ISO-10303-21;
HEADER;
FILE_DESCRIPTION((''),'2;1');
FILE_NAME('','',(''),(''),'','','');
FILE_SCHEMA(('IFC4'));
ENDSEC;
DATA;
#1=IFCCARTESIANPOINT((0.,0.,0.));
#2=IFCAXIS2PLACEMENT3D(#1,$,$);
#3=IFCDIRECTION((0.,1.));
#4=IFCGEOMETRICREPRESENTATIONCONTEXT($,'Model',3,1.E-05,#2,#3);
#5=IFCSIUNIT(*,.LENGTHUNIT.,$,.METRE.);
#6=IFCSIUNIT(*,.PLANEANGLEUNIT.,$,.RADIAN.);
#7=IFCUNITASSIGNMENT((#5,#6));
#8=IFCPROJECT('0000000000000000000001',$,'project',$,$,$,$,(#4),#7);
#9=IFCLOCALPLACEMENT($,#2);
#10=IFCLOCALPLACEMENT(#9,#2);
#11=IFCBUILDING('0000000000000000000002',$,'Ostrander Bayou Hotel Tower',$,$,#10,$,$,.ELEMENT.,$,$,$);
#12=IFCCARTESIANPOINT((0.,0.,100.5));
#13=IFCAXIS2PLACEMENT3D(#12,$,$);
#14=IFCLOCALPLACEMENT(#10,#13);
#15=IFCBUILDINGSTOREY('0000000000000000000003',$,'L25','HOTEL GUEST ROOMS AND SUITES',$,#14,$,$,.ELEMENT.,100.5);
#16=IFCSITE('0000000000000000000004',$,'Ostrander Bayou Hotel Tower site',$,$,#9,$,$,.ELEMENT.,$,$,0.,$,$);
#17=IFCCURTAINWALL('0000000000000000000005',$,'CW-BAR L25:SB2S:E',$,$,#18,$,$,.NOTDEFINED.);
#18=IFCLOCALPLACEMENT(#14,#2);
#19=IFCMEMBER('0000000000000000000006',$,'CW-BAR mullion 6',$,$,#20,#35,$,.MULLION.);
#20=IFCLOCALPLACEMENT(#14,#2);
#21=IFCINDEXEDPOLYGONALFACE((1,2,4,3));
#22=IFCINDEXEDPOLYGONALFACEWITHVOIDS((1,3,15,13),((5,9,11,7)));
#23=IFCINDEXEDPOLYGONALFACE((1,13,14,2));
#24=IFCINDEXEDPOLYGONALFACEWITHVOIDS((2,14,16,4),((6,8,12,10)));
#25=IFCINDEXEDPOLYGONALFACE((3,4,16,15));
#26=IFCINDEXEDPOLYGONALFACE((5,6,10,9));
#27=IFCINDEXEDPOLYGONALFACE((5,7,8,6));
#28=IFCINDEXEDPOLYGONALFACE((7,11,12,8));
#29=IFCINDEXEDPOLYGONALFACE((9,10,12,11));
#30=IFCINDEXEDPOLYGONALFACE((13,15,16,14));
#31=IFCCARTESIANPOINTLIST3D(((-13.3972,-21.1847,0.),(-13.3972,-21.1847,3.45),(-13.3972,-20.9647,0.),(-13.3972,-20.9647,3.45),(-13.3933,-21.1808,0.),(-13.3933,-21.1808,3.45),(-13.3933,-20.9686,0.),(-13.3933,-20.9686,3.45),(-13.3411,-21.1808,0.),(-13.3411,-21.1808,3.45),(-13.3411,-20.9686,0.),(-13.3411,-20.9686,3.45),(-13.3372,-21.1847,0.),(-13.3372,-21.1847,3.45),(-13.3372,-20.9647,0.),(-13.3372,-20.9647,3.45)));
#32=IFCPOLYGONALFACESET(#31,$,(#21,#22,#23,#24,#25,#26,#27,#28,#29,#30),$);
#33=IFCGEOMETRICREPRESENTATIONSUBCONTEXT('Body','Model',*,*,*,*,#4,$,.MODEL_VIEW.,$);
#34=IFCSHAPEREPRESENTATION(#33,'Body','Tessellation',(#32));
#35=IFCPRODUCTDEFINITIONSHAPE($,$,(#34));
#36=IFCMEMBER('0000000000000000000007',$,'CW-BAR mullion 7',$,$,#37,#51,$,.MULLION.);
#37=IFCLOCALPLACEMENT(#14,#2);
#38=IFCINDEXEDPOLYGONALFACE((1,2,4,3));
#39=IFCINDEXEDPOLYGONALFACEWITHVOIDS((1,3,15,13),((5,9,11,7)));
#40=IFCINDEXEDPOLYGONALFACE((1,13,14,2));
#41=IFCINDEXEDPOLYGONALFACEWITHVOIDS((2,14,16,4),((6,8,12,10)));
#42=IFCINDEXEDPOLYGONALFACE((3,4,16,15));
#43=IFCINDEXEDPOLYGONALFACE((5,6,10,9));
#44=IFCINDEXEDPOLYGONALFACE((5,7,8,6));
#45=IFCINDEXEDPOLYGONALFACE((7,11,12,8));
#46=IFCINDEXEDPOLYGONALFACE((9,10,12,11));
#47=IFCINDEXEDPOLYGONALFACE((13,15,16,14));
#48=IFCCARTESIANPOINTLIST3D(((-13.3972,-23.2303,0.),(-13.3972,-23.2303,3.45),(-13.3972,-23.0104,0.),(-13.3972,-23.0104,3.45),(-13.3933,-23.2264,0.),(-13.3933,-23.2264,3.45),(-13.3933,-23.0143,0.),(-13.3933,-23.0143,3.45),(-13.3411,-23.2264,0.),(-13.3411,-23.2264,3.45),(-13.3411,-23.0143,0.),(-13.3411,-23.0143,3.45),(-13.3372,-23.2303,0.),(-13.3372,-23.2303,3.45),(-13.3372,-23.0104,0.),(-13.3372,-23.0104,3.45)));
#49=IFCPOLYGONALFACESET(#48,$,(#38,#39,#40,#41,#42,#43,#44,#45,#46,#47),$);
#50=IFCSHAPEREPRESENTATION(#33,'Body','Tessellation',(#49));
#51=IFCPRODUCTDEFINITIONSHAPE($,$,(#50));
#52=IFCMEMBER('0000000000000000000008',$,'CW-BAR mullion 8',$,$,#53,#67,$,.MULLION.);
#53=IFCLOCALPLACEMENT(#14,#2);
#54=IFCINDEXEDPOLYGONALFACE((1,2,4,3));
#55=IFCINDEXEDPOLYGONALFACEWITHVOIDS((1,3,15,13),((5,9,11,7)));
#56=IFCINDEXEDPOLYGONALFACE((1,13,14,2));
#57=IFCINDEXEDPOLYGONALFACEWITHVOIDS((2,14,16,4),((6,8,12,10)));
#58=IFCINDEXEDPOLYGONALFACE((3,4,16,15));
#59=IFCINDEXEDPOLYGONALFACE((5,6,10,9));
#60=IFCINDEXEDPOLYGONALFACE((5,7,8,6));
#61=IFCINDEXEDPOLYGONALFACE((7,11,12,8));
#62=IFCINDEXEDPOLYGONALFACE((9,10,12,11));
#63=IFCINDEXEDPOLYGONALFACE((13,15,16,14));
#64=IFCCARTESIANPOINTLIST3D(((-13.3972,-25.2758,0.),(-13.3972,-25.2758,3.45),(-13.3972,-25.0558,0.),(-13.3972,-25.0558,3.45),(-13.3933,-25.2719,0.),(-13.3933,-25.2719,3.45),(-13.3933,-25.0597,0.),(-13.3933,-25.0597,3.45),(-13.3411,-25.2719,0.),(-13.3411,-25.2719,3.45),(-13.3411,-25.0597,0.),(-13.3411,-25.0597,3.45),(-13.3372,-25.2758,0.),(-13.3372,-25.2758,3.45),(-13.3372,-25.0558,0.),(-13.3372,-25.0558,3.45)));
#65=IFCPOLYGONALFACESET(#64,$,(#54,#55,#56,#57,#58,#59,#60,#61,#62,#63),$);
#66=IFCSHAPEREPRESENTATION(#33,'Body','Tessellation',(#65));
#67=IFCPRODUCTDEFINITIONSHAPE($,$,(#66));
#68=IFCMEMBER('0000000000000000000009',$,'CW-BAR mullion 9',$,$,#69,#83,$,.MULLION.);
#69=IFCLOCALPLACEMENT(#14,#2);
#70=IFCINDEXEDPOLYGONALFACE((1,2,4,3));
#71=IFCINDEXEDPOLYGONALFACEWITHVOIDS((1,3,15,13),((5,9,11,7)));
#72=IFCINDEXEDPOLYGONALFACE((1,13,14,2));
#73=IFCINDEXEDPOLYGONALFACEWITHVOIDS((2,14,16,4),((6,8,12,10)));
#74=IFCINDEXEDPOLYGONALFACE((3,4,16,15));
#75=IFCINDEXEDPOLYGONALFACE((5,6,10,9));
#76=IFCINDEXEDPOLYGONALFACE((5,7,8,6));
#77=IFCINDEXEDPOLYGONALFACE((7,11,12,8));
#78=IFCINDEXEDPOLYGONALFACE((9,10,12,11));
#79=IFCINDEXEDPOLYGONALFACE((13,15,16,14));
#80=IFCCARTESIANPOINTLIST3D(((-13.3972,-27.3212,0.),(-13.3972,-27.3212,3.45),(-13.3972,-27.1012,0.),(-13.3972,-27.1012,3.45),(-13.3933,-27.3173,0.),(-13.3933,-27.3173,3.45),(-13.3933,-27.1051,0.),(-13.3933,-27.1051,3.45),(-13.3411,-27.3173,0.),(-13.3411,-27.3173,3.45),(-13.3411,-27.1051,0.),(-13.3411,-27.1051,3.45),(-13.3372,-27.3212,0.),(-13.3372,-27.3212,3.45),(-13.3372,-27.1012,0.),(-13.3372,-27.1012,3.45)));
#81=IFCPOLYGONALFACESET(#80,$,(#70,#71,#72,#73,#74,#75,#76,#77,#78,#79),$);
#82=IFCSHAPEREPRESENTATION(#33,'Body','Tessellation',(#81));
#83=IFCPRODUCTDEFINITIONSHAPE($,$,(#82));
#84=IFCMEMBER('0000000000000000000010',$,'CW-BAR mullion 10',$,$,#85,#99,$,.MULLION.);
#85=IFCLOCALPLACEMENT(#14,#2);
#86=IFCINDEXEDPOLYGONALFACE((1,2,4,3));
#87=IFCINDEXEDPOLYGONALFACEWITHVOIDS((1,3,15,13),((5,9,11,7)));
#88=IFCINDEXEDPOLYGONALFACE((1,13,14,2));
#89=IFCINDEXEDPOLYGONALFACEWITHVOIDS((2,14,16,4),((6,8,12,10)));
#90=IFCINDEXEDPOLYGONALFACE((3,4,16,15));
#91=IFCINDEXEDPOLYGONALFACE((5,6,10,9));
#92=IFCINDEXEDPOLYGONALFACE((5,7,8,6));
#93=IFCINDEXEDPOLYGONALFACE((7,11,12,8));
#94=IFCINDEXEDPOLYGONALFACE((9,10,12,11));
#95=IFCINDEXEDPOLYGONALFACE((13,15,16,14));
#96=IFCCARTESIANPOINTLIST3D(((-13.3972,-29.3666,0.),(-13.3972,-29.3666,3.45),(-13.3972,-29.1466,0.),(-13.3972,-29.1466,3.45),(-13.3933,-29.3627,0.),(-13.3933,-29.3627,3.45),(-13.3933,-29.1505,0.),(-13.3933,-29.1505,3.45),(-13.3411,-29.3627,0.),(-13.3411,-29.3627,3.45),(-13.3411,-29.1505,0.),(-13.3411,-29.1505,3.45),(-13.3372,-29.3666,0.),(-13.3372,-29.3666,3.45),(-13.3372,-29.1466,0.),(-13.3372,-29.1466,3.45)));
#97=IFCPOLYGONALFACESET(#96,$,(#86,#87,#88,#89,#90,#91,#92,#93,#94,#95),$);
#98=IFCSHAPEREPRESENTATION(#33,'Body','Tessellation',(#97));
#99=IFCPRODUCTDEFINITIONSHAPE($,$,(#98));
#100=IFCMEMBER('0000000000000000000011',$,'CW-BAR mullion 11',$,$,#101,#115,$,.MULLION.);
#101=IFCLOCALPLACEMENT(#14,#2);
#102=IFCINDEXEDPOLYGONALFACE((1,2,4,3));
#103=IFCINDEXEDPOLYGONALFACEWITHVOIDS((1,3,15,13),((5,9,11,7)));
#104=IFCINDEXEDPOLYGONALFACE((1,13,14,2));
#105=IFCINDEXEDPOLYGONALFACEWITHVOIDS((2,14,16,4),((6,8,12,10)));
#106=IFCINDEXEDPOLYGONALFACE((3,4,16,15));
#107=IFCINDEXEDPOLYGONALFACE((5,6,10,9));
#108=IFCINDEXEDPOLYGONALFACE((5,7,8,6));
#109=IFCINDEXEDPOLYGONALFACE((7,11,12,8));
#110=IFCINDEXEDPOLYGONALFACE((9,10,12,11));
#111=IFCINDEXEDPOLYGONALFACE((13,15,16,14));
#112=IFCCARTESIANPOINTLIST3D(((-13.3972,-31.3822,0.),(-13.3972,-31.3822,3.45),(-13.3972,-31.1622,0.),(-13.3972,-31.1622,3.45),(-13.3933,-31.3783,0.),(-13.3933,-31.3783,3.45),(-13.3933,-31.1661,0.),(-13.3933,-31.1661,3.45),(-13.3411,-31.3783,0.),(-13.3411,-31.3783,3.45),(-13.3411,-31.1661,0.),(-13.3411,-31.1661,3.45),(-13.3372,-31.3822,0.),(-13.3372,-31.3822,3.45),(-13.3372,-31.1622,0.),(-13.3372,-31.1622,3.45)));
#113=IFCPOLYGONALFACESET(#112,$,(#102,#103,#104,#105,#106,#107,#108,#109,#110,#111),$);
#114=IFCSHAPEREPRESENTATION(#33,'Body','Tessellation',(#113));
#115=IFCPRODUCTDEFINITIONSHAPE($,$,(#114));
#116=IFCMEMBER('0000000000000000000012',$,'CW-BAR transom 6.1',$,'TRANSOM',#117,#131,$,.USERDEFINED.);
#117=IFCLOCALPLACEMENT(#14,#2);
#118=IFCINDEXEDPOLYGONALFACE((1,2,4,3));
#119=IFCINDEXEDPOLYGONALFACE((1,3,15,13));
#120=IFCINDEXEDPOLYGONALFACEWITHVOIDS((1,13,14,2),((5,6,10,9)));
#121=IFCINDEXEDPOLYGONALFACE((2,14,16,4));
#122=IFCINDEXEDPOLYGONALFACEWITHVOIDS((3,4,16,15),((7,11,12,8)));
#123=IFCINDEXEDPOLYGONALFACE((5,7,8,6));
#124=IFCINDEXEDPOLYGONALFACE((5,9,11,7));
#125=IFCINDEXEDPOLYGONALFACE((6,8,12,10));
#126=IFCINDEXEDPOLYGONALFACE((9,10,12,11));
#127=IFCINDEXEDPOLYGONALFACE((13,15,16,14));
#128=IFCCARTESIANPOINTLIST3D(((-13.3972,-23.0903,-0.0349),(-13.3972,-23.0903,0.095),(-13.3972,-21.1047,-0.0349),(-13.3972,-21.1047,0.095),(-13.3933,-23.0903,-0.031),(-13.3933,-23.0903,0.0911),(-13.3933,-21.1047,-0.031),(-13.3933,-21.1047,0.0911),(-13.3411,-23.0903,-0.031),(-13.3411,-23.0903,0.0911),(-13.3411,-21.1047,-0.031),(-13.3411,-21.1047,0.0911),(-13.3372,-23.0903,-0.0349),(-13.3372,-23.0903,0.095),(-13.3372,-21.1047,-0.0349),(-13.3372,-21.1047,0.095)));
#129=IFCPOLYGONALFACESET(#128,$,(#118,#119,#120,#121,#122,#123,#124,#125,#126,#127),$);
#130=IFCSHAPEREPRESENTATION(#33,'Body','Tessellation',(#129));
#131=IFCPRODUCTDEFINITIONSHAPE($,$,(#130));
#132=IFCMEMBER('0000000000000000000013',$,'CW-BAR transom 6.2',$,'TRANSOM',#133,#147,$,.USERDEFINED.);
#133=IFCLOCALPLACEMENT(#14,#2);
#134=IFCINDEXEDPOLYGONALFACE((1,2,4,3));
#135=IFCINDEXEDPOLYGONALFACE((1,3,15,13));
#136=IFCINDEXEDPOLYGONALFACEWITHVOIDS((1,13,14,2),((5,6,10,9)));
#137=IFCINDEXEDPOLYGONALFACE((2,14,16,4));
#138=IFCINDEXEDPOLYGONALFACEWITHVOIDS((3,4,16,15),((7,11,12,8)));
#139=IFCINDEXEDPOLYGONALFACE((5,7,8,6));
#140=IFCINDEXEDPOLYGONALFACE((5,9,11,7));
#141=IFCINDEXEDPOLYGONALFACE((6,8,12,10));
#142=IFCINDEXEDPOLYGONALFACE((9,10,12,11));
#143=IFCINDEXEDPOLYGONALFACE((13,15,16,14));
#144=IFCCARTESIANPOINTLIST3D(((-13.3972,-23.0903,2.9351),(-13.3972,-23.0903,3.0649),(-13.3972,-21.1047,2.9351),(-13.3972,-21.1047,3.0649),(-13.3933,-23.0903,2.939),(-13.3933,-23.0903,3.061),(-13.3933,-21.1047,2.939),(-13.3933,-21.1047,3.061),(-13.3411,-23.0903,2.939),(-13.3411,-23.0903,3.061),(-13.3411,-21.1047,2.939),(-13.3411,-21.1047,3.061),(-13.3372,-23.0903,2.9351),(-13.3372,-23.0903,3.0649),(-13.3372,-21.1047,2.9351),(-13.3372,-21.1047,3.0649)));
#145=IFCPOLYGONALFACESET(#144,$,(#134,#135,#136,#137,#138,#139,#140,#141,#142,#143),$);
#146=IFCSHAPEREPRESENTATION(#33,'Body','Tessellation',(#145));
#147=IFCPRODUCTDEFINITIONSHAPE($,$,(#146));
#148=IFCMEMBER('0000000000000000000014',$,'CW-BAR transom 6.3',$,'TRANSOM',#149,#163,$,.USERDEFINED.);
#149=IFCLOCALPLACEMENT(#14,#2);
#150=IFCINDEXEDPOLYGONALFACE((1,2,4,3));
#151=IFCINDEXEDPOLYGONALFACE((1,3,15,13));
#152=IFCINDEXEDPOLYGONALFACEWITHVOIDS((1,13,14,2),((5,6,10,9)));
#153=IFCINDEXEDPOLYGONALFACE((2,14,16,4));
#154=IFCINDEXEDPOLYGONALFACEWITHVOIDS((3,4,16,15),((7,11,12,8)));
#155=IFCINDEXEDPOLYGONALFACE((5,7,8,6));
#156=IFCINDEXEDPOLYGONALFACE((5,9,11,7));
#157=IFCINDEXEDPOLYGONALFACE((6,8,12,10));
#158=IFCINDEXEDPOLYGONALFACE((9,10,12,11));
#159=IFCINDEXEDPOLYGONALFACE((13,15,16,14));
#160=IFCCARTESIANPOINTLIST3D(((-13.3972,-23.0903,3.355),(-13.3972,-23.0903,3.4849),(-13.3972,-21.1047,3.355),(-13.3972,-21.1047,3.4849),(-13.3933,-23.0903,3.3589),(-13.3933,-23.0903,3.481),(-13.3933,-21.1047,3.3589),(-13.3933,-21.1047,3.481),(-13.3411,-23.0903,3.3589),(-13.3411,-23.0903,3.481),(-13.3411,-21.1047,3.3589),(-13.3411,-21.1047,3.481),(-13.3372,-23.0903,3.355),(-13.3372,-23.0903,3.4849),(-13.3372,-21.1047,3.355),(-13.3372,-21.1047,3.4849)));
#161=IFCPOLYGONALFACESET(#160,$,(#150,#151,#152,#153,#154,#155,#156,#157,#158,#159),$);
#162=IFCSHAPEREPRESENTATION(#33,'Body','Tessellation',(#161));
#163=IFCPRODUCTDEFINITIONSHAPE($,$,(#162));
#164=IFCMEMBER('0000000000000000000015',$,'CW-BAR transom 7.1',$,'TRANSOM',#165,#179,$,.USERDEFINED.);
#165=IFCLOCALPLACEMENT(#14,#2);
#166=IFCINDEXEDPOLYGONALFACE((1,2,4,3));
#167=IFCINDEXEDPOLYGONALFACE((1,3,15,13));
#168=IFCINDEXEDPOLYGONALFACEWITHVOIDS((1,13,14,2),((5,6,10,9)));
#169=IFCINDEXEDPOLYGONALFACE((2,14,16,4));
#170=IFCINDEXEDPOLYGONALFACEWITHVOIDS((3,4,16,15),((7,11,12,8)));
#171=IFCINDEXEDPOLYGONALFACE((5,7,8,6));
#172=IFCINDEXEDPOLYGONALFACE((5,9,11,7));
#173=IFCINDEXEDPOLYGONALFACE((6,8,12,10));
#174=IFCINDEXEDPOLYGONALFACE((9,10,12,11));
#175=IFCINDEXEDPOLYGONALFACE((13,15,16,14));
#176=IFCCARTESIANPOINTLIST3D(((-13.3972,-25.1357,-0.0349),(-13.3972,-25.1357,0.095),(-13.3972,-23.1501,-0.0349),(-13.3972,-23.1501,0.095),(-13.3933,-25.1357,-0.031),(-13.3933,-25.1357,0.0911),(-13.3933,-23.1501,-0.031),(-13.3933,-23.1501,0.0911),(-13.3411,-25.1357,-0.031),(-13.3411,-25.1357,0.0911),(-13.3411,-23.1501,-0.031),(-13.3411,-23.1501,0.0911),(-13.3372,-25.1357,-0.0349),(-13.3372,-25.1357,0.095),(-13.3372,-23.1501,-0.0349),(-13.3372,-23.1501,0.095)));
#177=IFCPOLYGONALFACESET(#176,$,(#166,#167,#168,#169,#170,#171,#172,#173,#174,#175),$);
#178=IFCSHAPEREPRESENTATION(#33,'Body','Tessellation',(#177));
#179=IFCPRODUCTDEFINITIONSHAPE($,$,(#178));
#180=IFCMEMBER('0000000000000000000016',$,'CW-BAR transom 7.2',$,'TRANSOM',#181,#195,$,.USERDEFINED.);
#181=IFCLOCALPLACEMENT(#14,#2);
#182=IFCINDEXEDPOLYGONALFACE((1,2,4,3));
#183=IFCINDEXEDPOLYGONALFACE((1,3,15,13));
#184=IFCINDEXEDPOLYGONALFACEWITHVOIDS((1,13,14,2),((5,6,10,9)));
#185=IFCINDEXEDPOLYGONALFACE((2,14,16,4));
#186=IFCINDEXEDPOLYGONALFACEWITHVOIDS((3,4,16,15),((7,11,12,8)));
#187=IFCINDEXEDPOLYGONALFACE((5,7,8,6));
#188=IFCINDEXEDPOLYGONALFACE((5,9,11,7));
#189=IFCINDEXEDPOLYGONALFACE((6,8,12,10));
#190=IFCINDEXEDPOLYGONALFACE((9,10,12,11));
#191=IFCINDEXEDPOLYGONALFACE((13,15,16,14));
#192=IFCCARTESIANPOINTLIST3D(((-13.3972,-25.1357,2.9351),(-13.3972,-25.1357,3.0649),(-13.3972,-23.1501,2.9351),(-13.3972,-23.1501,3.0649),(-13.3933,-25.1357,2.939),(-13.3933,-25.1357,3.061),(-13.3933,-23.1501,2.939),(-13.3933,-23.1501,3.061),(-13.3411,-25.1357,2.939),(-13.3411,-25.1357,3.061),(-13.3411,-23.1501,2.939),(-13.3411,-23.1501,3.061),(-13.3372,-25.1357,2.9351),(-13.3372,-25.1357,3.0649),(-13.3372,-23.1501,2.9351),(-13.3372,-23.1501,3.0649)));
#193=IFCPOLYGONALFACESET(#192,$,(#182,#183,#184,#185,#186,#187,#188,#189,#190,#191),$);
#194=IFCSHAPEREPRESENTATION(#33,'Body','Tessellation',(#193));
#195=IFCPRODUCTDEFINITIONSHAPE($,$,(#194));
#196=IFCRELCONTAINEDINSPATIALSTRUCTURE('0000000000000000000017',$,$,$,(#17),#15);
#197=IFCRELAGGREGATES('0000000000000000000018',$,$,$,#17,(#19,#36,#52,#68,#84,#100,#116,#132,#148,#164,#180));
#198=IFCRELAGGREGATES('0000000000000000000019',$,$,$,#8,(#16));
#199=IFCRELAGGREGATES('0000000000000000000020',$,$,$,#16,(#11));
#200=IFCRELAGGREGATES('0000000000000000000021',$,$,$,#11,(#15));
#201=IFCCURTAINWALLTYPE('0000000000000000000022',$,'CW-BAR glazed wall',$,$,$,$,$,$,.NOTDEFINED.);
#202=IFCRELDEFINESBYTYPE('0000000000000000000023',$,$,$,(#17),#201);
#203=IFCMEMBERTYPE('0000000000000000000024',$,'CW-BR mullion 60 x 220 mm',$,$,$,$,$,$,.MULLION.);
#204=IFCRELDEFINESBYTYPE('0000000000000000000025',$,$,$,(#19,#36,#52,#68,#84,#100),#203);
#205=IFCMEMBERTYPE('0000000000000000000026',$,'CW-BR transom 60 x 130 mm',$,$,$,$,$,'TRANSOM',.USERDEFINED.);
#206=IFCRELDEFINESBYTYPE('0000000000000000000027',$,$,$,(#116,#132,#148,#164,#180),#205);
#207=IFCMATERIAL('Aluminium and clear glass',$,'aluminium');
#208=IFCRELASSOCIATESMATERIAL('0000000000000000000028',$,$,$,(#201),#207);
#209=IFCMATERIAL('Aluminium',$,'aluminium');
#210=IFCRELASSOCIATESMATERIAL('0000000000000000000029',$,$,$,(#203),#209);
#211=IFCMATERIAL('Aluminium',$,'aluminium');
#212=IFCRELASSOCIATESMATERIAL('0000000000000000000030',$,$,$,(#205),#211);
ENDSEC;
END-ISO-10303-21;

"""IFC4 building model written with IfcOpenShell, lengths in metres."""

from ifc_helpers import new_model, si_unit, direction, frame, origin, origin_2d, place, context, subcontext, project, spatial, hollow_rectangle, extrude, material, material_profile, profile_set, type_object, element, aggregate, save


model = new_model("IFC4")

# Units and contexts
model_context = context("Model", 3, precision=1e-05, world=origin(), true_north=direction((0.0, 1.0)))
body_context = subcontext(model_context, "Body", "Model", "MODEL_VIEW")
ifc_project = project(units=[si_unit("LENGTHUNIT", "METRE"), si_unit("PLANEANGLEUNIT", "RADIAN")], contexts=[model_context])

# Site, building, storey
site_placement = place(None, origin())
site = spatial("IfcSite", under=ifc_project, at=site_placement, Name="Ostrander Bayou Hotel Tower site", CompositionType="ELEMENT", RefElevation=0.0)
building_placement = place(site_placement, origin())
building = spatial("IfcBuilding", under=site, at=building_placement, Name="Ostrander Bayou Hotel Tower", CompositionType="ELEMENT")
storey_placement = place(building_placement, frame((0.0, 0.0, 100.5)))
storey = spatial("IfcBuildingStorey", under=building, at=storey_placement, Name="L25", Description="HOTEL GUEST ROOMS AND SUITES", CompositionType="ELEMENT", Elevation=100.5)

# Curtain wall, members
ifc_material_1 = material(Name="Aluminium and clear glass", Category="aluminium")
curtain_wall_type = type_object("IfcCurtainWallType", Name="CW-BAR glazed wall", PredefinedType="NOTDEFINED", material=ifc_material_1)
curtain_wall_placement = place(storey_placement, origin())
curtain_wall = element("IfcCurtainWall", 1, at=curtain_wall_placement, inside=storey, type_object=curtain_wall_type, Name="CW-BAR L25:SB2S:E", PredefinedType="NOTDEFINED")
ifc_material_2 = material(Name="Aluminium", Category="aluminium")
ifc_material_profile_1 = material_profile(ifc_material_2, hollow_rectangle(XDim=0.0601, YDim=0.22, WallThickness=0.0039, at=origin_2d()))
ifc_profile_set_1 = profile_set([ifc_material_profile_1], Name="Aluminium")
member_type_1 = type_object("IfcMemberType", Name="CW-BR mullion 60 x 220 mm", PredefinedType="MULLION", material=ifc_profile_set_1)
member_1_placement = place(storey_placement, frame((-13.3672, -21.0747, 0.0), z_axis=(0.0, 0.0, 1.0), x_axis=(1.0, 0.0, 0.0)))
member_1 = element("IfcMember", 2, at=member_1_placement, type_object=member_type_1, Name="CW-BAR mullion 6", PredefinedType="MULLION", context=body_context, shape_type="SweptSolid", body=[
    extrude(hollow_rectangle(XDim=0.0601, YDim=0.22, WallThickness=0.0039, at=origin_2d()), origin(), (0.0, 0.0, 1.0), 3.45),
])
member_2_placement = place(storey_placement, frame((-13.3672, -23.1204, 0.0), z_axis=(0.0, 0.0, 1.0), x_axis=(1.0, 0.0, 0.0)))
member_2 = element("IfcMember", 3, at=member_2_placement, type_object=member_type_1, Name="CW-BAR mullion 7", PredefinedType="MULLION", context=body_context, shape_type="SweptSolid", body=[
    extrude(hollow_rectangle(XDim=0.0601, YDim=0.22, WallThickness=0.0039, at=origin_2d()), origin(), (0.0, 0.0, 1.0), 3.45),
])
member_3_placement = place(storey_placement, frame((-13.3672, -25.1658, 0.0), z_axis=(0.0, 0.0, 1.0), x_axis=(1.0, 0.0, 0.0)))
member_3 = element("IfcMember", 4, at=member_3_placement, type_object=member_type_1, Name="CW-BAR mullion 8", PredefinedType="MULLION", context=body_context, shape_type="SweptSolid", body=[
    extrude(hollow_rectangle(XDim=0.0601, YDim=0.22, WallThickness=0.0039, at=origin_2d()), origin(), (0.0, 0.0, 1.0), 3.45),
])
member_4_placement = place(storey_placement, frame((-13.3672, -27.2112, 0.0), z_axis=(0.0, 0.0, 1.0), x_axis=(1.0, 0.0, 0.0)))
member_4 = element("IfcMember", 5, at=member_4_placement, type_object=member_type_1, Name="CW-BAR mullion 9", PredefinedType="MULLION", context=body_context, shape_type="SweptSolid", body=[
    extrude(hollow_rectangle(XDim=0.0601, YDim=0.22, WallThickness=0.0039, at=origin_2d()), origin(), (0.0, 0.0, 1.0), 3.45),
])
member_5_placement = place(storey_placement, frame((-13.3672, -29.2566, 0.0), z_axis=(0.0, 0.0, 1.0), x_axis=(1.0, 0.0, 0.0)))
member_5 = element("IfcMember", 6, at=member_5_placement, type_object=member_type_1, Name="CW-BAR mullion 10", PredefinedType="MULLION", context=body_context, shape_type="SweptSolid", body=[
    extrude(hollow_rectangle(XDim=0.0601, YDim=0.22, WallThickness=0.0039, at=origin_2d()), origin(), (0.0, 0.0, 1.0), 3.45),
])
member_6_placement = place(storey_placement, frame((-13.3672, -31.2722, 0.0), z_axis=(0.0, 0.0, 1.0), x_axis=(1.0, 0.0, 0.0)))
member_6 = element("IfcMember", 7, at=member_6_placement, type_object=member_type_1, Name="CW-BAR mullion 11", PredefinedType="MULLION", context=body_context, shape_type="SweptSolid", body=[
    extrude(hollow_rectangle(XDim=0.0601, YDim=0.22, WallThickness=0.0039, at=origin_2d()), origin(), (0.0, 0.0, 1.0), 3.45),
])
ifc_material_3 = material(Name="Aluminium", Category="aluminium")
ifc_material_profile_2 = material_profile(ifc_material_3, hollow_rectangle(XDim=0.0601, YDim=0.1299, WallThickness=0.0039, at=origin_2d()))
ifc_profile_set_2 = profile_set([ifc_material_profile_2], Name="Aluminium")
member_type_2 = type_object("IfcMemberType", Name="CW-BR transom 60 x 130 mm", ElementType="TRANSOM", PredefinedType="USERDEFINED", material=ifc_profile_set_2)
member_7_placement = place(storey_placement, frame((-13.3672, -21.1047, 0.03), z_axis=(0.0, -1.0, 0.0), x_axis=(1.0, 0.0, 0.0)))
member_7 = element("IfcMember", 8, at=member_7_placement, type_object=member_type_2, Name="CW-BAR transom 6.1", ObjectType="TRANSOM", PredefinedType="USERDEFINED", context=body_context, shape_type="SweptSolid", body=[
    extrude(hollow_rectangle(XDim=0.0601, YDim=0.1299, WallThickness=0.0039, at=origin_2d()), origin(), (0.0, 0.0, 1.0), 1.9856),
])
member_8_placement = place(storey_placement, frame((-13.3672, -21.1047, 3.0), z_axis=(0.0, -1.0, 0.0), x_axis=(1.0, 0.0, 0.0)))
member_8 = element("IfcMember", 9, at=member_8_placement, type_object=member_type_2, Name="CW-BAR transom 6.2", ObjectType="TRANSOM", PredefinedType="USERDEFINED", context=body_context, shape_type="SweptSolid", body=[
    extrude(hollow_rectangle(XDim=0.0601, YDim=0.1299, WallThickness=0.0039, at=origin_2d()), origin(), (0.0, 0.0, 1.0), 1.9856),
])
member_9_placement = place(storey_placement, frame((-13.3672, -21.1047, 3.4199), z_axis=(0.0, -1.0, 0.0), x_axis=(1.0, 0.0, 0.0)))
member_9 = element("IfcMember", 10, at=member_9_placement, type_object=member_type_2, Name="CW-BAR transom 6.3", ObjectType="TRANSOM", PredefinedType="USERDEFINED", context=body_context, shape_type="SweptSolid", body=[
    extrude(hollow_rectangle(XDim=0.0601, YDim=0.1299, WallThickness=0.0039, at=origin_2d()), origin(), (0.0, 0.0, 1.0), 1.9856),
])
member_10_placement = place(storey_placement, frame((-13.3672, -23.1501, 0.03), z_axis=(0.0, -1.0, 0.0), x_axis=(1.0, 0.0, 0.0)))
member_10 = element("IfcMember", 11, at=member_10_placement, type_object=member_type_2, Name="CW-BAR transom 7.1", ObjectType="TRANSOM", PredefinedType="USERDEFINED", context=body_context, shape_type="SweptSolid", body=[
    extrude(hollow_rectangle(XDim=0.0601, YDim=0.1299, WallThickness=0.0039, at=origin_2d()), origin(), (0.0, 0.0, 1.0), 1.9856),
])
member_11_placement = place(storey_placement, frame((-13.3672, -23.1501, 3.0), z_axis=(0.0, -1.0, 0.0), x_axis=(1.0, 0.0, 0.0)))
member_11 = element("IfcMember", 12, at=member_11_placement, type_object=member_type_2, Name="CW-BAR transom 7.2", ObjectType="TRANSOM", PredefinedType="USERDEFINED", context=body_context, shape_type="SweptSolid", body=[
    extrude(hollow_rectangle(XDim=0.0601, YDim=0.1299, WallThickness=0.0039, at=origin_2d()), origin(), (0.0, 0.0, 1.0), 1.9856),
])

aggregate(curtain_wall, [member_1, member_2, member_3, member_4, member_5, member_6, member_7, member_8, member_9, member_10, member_11])

save(model, "model.ifc")
